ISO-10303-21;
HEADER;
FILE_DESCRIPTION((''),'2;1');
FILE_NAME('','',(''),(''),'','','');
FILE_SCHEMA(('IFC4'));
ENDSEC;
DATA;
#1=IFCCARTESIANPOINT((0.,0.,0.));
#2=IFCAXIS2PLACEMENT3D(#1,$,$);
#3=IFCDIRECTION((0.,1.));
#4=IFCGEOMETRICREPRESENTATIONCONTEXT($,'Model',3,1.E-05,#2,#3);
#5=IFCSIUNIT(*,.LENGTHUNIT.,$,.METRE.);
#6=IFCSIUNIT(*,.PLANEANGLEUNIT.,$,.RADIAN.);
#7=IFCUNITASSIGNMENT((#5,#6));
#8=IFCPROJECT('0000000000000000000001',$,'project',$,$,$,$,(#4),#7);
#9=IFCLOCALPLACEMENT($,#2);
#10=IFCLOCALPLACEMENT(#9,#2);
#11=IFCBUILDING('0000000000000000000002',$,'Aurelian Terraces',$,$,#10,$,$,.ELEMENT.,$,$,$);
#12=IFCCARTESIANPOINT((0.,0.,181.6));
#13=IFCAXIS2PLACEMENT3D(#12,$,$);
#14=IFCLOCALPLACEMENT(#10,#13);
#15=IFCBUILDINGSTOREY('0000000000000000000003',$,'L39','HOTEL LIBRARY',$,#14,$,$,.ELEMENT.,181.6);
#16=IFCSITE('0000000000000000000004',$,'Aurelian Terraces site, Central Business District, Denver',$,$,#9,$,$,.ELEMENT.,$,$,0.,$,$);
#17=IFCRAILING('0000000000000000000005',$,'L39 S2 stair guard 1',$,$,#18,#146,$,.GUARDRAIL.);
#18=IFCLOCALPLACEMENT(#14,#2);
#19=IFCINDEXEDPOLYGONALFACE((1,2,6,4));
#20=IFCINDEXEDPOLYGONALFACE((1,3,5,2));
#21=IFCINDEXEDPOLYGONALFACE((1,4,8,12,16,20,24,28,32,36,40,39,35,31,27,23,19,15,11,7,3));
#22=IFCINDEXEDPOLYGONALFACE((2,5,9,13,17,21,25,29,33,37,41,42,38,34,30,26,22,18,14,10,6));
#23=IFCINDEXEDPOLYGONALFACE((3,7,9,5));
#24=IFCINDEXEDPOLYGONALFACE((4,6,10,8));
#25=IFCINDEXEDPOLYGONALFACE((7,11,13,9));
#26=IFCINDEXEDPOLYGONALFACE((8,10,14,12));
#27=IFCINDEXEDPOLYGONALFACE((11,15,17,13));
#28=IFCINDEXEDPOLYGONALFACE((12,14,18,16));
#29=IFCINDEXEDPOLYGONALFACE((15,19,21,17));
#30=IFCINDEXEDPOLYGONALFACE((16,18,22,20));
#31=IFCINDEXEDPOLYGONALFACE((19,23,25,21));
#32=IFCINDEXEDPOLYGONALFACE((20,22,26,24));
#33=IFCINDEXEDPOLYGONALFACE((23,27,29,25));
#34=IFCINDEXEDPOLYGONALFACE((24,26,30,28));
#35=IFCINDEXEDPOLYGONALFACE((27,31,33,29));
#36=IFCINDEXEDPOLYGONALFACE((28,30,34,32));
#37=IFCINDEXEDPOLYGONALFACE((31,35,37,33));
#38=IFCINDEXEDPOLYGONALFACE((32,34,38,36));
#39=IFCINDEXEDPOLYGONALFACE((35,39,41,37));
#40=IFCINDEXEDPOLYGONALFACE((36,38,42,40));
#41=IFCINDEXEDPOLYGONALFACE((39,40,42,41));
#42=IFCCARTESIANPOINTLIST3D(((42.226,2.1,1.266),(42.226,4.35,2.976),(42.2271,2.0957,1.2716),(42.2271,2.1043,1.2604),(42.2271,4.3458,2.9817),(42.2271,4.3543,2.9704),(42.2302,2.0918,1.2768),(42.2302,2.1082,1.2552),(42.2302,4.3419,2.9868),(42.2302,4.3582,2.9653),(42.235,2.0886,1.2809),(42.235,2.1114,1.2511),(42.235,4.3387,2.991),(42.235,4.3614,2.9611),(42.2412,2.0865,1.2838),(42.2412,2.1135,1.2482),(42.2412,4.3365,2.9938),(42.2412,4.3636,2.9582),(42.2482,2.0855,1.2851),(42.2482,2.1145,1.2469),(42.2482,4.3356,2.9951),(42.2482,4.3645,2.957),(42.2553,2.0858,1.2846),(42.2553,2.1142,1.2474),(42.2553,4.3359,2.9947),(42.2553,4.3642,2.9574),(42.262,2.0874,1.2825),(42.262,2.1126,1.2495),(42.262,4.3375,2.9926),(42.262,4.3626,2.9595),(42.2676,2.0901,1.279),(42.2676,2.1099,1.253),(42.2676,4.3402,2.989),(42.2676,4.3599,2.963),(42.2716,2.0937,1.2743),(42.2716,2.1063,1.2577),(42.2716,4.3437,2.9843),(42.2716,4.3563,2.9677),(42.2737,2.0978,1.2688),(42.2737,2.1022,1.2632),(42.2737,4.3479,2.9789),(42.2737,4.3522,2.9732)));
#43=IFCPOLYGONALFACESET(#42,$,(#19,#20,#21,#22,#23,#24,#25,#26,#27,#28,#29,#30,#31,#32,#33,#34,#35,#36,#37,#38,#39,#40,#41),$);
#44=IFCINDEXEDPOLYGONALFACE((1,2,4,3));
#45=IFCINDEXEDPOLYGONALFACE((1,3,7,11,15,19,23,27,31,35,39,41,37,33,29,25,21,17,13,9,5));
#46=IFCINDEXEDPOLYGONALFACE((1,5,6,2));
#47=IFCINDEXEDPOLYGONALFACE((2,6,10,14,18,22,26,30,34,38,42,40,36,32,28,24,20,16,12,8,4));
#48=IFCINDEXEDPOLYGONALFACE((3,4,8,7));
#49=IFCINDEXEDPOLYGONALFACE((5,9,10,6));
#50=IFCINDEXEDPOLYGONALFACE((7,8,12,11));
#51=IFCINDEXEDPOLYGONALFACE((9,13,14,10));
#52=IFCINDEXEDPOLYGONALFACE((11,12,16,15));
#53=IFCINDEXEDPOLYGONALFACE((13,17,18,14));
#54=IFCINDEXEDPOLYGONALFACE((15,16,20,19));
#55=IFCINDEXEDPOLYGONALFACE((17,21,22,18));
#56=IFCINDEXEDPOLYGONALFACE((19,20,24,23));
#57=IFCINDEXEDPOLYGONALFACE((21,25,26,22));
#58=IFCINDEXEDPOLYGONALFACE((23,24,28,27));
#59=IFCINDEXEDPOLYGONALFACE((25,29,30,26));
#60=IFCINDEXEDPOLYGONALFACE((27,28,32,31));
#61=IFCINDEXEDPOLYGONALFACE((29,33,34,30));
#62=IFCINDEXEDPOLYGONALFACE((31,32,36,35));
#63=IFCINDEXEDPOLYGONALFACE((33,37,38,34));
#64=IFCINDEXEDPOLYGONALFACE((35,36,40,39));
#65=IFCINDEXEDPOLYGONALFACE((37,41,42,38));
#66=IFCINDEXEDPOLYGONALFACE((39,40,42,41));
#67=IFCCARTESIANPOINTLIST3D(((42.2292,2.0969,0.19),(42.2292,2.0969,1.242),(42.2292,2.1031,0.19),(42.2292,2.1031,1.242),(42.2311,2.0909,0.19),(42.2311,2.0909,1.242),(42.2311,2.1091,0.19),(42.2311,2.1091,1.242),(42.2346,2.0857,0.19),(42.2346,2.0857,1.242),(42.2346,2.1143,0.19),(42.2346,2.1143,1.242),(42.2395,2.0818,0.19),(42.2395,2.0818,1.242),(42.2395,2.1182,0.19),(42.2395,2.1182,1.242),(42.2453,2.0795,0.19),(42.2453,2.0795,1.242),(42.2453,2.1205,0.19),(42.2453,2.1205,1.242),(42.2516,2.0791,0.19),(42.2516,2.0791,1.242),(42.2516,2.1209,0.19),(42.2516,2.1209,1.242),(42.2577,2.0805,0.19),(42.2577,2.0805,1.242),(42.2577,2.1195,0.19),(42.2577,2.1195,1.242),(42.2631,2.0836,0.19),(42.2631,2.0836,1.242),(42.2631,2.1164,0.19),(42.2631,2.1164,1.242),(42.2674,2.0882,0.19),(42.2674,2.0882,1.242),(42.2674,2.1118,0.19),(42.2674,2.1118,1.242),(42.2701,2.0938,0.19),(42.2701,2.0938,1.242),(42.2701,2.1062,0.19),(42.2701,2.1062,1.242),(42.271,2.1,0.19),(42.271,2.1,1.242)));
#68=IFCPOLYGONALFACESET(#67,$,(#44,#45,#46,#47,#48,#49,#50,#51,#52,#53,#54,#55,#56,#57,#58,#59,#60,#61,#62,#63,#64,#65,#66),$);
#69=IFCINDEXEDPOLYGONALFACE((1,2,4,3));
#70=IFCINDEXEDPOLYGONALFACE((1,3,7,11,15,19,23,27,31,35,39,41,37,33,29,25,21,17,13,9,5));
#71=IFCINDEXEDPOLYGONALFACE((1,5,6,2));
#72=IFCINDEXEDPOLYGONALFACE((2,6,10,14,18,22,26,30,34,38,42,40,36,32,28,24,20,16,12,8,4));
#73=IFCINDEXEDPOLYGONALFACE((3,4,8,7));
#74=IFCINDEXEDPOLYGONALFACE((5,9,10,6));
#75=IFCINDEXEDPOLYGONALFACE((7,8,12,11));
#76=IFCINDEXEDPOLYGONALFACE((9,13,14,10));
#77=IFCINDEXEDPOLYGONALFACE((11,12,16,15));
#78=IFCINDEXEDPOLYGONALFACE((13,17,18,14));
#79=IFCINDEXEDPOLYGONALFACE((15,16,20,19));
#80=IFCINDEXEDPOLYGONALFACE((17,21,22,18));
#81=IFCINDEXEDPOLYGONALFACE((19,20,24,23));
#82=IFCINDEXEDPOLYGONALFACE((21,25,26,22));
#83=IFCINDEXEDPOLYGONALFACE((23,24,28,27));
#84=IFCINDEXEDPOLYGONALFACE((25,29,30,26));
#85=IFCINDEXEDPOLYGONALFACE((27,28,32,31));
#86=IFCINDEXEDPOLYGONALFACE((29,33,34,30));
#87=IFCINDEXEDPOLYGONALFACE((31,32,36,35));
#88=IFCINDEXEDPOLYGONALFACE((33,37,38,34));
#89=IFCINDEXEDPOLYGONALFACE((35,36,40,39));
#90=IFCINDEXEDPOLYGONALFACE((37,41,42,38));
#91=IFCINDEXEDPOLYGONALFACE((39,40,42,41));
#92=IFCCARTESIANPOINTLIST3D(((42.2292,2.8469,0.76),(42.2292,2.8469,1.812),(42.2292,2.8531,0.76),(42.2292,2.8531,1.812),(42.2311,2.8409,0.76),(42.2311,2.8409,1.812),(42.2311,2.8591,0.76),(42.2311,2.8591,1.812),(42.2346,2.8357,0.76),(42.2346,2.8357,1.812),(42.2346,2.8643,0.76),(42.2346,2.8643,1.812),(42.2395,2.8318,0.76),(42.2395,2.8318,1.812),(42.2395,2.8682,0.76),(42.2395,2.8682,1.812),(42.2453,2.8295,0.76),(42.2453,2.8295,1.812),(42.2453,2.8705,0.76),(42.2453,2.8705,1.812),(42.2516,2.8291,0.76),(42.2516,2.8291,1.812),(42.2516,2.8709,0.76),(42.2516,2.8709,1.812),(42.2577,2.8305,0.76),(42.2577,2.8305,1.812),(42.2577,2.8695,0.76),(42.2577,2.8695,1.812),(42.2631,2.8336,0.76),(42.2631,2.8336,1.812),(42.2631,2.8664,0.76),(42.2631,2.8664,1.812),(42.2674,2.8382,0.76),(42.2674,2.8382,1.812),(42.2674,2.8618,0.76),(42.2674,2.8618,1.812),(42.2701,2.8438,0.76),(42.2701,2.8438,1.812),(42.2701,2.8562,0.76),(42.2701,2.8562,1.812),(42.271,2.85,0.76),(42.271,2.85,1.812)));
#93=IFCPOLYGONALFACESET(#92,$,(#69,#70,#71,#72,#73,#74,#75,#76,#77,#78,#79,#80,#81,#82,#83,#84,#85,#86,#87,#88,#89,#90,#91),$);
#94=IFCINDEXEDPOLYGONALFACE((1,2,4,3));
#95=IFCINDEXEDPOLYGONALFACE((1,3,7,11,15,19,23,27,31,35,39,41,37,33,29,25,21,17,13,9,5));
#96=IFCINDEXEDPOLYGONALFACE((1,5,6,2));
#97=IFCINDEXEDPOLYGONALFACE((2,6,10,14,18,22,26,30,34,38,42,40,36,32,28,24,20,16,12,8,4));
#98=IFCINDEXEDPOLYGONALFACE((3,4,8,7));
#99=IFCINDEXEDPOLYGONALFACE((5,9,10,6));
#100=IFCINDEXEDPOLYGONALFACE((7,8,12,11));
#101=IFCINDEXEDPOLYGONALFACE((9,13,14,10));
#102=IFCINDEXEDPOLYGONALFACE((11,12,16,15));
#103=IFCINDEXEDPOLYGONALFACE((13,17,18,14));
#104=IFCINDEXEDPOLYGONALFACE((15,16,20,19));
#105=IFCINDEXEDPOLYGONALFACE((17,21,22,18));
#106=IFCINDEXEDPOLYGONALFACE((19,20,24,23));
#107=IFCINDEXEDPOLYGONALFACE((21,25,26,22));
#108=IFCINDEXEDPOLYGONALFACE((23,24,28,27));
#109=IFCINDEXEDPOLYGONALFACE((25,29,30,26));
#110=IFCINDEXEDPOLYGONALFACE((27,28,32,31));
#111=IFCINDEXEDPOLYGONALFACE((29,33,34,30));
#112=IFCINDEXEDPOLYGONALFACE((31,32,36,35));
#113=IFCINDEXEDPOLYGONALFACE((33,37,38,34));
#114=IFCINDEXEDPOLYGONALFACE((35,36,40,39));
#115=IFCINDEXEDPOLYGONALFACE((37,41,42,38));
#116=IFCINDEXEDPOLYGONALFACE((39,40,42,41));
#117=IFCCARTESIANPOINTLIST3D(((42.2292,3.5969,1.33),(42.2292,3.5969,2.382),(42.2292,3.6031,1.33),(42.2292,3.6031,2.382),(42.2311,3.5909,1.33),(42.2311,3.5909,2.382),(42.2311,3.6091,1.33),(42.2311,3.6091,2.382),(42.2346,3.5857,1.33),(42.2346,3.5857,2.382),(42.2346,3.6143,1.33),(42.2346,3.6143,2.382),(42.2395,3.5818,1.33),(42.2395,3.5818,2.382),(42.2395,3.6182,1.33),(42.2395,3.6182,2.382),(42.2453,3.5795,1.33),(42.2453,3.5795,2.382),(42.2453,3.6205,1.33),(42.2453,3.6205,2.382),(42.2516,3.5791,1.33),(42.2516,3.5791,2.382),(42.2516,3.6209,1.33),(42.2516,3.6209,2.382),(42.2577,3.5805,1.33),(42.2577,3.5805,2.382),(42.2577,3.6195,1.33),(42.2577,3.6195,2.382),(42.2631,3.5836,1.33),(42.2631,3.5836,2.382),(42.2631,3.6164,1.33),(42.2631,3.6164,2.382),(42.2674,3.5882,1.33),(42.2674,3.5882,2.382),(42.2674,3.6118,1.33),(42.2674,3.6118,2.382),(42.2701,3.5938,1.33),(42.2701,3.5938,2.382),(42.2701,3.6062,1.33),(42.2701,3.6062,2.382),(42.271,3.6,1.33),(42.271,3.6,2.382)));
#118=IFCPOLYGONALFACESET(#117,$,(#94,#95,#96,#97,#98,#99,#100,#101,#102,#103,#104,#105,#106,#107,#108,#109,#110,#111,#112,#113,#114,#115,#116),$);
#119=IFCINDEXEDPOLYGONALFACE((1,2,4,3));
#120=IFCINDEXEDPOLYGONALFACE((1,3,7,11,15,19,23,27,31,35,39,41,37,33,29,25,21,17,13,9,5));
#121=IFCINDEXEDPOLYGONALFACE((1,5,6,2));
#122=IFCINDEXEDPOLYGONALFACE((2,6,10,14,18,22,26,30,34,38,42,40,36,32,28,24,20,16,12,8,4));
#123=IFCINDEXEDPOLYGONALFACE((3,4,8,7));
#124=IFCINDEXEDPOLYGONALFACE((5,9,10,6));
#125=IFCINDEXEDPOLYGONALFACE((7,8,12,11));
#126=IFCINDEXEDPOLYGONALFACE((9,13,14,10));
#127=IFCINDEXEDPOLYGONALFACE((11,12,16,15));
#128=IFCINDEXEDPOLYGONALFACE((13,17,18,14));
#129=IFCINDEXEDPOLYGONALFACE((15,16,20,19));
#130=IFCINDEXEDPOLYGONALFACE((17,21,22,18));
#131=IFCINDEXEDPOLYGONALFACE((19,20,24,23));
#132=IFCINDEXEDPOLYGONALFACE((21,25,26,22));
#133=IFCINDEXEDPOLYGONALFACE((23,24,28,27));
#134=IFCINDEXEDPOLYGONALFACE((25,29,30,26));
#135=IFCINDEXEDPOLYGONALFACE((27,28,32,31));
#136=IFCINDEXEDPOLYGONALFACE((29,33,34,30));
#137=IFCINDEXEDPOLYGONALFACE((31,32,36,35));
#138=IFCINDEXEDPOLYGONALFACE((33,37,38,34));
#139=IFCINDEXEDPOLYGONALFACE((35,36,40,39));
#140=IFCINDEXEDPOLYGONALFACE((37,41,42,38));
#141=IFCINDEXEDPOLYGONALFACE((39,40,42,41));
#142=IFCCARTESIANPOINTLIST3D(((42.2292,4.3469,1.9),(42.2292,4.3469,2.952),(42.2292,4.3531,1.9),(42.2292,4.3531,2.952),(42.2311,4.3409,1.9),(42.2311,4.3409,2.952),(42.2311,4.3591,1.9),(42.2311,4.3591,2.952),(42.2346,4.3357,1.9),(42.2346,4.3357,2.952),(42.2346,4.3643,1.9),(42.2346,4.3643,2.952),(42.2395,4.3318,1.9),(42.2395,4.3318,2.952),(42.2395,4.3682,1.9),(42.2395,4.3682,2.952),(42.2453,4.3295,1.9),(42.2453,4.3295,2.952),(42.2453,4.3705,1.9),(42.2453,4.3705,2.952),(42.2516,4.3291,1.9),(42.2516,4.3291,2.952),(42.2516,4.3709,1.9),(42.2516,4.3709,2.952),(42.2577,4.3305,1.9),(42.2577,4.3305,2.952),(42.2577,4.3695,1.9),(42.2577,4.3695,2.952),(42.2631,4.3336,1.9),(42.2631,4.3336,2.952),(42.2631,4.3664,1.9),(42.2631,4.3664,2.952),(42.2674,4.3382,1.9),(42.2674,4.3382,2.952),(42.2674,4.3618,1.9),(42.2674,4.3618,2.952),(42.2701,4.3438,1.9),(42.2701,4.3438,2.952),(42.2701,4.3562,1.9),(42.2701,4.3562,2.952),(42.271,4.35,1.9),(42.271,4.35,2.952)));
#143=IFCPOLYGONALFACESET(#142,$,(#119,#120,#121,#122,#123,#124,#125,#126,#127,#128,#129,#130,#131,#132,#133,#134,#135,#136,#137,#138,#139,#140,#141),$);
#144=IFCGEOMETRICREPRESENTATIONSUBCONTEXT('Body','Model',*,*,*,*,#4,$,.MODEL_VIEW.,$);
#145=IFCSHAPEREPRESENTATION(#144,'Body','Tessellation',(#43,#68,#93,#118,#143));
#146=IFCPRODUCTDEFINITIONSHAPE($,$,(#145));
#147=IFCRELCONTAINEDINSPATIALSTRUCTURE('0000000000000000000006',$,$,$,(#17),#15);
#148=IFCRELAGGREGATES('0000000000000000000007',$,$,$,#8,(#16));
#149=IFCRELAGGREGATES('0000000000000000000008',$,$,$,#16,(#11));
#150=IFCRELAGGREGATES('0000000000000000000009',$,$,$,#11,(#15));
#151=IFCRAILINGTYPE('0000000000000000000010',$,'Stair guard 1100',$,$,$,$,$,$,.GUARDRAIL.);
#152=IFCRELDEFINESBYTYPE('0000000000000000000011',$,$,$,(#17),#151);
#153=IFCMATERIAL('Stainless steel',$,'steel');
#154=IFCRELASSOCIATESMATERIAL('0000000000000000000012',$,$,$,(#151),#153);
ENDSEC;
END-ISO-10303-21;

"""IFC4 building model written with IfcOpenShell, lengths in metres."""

from ifc_helpers import new_model, si_unit, direction, frame, origin, origin_2d, place, context, subcontext, project, spatial, circle, extrude, source, transform, mapped, material, type_object, element, save


model = new_model("IFC4")

# Units and contexts
model_context = context("Model", 3, precision=1e-05, world=origin(), true_north=direction((0.0, 1.0)))
body_context = subcontext(model_context, "Body", "Model", "MODEL_VIEW")
ifc_project = project(units=[si_unit("LENGTHUNIT", "METRE"), si_unit("PLANEANGLEUNIT", "RADIAN")], contexts=[model_context])

# Site, building, storey
site_placement = place(None, origin())
site = spatial("IfcSite", under=ifc_project, at=site_placement, Name="Aurelian Terraces site, Central Business District, Denver", CompositionType="ELEMENT", RefElevation=0.0)
building_placement = place(site_placement, origin())
building = spatial("IfcBuilding", under=site, at=building_placement, Name="Aurelian Terraces", CompositionType="ELEMENT")
storey_placement = place(building_placement, frame((0.0, 0.0, 181.6)))
storey = spatial("IfcBuildingStorey", under=building, at=storey_placement, Name="L39", Description="HOTEL LIBRARY", CompositionType="ELEMENT", Elevation=181.6)

# Railing
ifc_material_1 = material(Name="Stainless steel", Category="steel")
railing_type_1 = type_object("IfcRailingType", Name="Stair guard 1100", PredefinedType="GUARDRAIL", material=ifc_material_1)
shared_shape_1 = source(origin(), body_context, "Body", "SweptSolid", [
    extrude(circle(Radius=0.024, at=origin_2d()), frame((0.0, 0.0, 1.076), z_axis=(0.0, 0.796162, 0.605083), x_axis=(-1.0, 0.0, 0.0)), (0.0, 0.0, 1.0), 2.8261),
    extrude(circle(Radius=0.021, at=origin_2d()), origin(), (0.0, 0.0, 1.0), 1.052),
    extrude(circle(Radius=0.021, at=origin_2d()), frame((0.0, 0.75, 0.57)), (0.0, 0.0, 1.0), 1.052),
    extrude(circle(Radius=0.021, at=origin_2d()), frame((0.0, 1.5, 1.14)), (0.0, 0.0, 1.0), 1.052),
    extrude(circle(Radius=0.021, at=origin_2d()), frame((0.0, 2.25, 1.71)), (0.0, 0.0, 1.0), 1.052),
])
railing_1_placement = place(storey_placement, frame((42.25, 2.1, 0.19)))
element("IfcRailing", 1, at=railing_1_placement, inside=storey, type_object=railing_type_1, Name="L39 S2 stair guard 1", PredefinedType="GUARDRAIL", context=body_context, shape_type="MappedRepresentation", body=[
    mapped(shared_shape_1, transform((0.0, 0.0, 0.0), scale=1.0)),
])

save(model, "model.ifc")
